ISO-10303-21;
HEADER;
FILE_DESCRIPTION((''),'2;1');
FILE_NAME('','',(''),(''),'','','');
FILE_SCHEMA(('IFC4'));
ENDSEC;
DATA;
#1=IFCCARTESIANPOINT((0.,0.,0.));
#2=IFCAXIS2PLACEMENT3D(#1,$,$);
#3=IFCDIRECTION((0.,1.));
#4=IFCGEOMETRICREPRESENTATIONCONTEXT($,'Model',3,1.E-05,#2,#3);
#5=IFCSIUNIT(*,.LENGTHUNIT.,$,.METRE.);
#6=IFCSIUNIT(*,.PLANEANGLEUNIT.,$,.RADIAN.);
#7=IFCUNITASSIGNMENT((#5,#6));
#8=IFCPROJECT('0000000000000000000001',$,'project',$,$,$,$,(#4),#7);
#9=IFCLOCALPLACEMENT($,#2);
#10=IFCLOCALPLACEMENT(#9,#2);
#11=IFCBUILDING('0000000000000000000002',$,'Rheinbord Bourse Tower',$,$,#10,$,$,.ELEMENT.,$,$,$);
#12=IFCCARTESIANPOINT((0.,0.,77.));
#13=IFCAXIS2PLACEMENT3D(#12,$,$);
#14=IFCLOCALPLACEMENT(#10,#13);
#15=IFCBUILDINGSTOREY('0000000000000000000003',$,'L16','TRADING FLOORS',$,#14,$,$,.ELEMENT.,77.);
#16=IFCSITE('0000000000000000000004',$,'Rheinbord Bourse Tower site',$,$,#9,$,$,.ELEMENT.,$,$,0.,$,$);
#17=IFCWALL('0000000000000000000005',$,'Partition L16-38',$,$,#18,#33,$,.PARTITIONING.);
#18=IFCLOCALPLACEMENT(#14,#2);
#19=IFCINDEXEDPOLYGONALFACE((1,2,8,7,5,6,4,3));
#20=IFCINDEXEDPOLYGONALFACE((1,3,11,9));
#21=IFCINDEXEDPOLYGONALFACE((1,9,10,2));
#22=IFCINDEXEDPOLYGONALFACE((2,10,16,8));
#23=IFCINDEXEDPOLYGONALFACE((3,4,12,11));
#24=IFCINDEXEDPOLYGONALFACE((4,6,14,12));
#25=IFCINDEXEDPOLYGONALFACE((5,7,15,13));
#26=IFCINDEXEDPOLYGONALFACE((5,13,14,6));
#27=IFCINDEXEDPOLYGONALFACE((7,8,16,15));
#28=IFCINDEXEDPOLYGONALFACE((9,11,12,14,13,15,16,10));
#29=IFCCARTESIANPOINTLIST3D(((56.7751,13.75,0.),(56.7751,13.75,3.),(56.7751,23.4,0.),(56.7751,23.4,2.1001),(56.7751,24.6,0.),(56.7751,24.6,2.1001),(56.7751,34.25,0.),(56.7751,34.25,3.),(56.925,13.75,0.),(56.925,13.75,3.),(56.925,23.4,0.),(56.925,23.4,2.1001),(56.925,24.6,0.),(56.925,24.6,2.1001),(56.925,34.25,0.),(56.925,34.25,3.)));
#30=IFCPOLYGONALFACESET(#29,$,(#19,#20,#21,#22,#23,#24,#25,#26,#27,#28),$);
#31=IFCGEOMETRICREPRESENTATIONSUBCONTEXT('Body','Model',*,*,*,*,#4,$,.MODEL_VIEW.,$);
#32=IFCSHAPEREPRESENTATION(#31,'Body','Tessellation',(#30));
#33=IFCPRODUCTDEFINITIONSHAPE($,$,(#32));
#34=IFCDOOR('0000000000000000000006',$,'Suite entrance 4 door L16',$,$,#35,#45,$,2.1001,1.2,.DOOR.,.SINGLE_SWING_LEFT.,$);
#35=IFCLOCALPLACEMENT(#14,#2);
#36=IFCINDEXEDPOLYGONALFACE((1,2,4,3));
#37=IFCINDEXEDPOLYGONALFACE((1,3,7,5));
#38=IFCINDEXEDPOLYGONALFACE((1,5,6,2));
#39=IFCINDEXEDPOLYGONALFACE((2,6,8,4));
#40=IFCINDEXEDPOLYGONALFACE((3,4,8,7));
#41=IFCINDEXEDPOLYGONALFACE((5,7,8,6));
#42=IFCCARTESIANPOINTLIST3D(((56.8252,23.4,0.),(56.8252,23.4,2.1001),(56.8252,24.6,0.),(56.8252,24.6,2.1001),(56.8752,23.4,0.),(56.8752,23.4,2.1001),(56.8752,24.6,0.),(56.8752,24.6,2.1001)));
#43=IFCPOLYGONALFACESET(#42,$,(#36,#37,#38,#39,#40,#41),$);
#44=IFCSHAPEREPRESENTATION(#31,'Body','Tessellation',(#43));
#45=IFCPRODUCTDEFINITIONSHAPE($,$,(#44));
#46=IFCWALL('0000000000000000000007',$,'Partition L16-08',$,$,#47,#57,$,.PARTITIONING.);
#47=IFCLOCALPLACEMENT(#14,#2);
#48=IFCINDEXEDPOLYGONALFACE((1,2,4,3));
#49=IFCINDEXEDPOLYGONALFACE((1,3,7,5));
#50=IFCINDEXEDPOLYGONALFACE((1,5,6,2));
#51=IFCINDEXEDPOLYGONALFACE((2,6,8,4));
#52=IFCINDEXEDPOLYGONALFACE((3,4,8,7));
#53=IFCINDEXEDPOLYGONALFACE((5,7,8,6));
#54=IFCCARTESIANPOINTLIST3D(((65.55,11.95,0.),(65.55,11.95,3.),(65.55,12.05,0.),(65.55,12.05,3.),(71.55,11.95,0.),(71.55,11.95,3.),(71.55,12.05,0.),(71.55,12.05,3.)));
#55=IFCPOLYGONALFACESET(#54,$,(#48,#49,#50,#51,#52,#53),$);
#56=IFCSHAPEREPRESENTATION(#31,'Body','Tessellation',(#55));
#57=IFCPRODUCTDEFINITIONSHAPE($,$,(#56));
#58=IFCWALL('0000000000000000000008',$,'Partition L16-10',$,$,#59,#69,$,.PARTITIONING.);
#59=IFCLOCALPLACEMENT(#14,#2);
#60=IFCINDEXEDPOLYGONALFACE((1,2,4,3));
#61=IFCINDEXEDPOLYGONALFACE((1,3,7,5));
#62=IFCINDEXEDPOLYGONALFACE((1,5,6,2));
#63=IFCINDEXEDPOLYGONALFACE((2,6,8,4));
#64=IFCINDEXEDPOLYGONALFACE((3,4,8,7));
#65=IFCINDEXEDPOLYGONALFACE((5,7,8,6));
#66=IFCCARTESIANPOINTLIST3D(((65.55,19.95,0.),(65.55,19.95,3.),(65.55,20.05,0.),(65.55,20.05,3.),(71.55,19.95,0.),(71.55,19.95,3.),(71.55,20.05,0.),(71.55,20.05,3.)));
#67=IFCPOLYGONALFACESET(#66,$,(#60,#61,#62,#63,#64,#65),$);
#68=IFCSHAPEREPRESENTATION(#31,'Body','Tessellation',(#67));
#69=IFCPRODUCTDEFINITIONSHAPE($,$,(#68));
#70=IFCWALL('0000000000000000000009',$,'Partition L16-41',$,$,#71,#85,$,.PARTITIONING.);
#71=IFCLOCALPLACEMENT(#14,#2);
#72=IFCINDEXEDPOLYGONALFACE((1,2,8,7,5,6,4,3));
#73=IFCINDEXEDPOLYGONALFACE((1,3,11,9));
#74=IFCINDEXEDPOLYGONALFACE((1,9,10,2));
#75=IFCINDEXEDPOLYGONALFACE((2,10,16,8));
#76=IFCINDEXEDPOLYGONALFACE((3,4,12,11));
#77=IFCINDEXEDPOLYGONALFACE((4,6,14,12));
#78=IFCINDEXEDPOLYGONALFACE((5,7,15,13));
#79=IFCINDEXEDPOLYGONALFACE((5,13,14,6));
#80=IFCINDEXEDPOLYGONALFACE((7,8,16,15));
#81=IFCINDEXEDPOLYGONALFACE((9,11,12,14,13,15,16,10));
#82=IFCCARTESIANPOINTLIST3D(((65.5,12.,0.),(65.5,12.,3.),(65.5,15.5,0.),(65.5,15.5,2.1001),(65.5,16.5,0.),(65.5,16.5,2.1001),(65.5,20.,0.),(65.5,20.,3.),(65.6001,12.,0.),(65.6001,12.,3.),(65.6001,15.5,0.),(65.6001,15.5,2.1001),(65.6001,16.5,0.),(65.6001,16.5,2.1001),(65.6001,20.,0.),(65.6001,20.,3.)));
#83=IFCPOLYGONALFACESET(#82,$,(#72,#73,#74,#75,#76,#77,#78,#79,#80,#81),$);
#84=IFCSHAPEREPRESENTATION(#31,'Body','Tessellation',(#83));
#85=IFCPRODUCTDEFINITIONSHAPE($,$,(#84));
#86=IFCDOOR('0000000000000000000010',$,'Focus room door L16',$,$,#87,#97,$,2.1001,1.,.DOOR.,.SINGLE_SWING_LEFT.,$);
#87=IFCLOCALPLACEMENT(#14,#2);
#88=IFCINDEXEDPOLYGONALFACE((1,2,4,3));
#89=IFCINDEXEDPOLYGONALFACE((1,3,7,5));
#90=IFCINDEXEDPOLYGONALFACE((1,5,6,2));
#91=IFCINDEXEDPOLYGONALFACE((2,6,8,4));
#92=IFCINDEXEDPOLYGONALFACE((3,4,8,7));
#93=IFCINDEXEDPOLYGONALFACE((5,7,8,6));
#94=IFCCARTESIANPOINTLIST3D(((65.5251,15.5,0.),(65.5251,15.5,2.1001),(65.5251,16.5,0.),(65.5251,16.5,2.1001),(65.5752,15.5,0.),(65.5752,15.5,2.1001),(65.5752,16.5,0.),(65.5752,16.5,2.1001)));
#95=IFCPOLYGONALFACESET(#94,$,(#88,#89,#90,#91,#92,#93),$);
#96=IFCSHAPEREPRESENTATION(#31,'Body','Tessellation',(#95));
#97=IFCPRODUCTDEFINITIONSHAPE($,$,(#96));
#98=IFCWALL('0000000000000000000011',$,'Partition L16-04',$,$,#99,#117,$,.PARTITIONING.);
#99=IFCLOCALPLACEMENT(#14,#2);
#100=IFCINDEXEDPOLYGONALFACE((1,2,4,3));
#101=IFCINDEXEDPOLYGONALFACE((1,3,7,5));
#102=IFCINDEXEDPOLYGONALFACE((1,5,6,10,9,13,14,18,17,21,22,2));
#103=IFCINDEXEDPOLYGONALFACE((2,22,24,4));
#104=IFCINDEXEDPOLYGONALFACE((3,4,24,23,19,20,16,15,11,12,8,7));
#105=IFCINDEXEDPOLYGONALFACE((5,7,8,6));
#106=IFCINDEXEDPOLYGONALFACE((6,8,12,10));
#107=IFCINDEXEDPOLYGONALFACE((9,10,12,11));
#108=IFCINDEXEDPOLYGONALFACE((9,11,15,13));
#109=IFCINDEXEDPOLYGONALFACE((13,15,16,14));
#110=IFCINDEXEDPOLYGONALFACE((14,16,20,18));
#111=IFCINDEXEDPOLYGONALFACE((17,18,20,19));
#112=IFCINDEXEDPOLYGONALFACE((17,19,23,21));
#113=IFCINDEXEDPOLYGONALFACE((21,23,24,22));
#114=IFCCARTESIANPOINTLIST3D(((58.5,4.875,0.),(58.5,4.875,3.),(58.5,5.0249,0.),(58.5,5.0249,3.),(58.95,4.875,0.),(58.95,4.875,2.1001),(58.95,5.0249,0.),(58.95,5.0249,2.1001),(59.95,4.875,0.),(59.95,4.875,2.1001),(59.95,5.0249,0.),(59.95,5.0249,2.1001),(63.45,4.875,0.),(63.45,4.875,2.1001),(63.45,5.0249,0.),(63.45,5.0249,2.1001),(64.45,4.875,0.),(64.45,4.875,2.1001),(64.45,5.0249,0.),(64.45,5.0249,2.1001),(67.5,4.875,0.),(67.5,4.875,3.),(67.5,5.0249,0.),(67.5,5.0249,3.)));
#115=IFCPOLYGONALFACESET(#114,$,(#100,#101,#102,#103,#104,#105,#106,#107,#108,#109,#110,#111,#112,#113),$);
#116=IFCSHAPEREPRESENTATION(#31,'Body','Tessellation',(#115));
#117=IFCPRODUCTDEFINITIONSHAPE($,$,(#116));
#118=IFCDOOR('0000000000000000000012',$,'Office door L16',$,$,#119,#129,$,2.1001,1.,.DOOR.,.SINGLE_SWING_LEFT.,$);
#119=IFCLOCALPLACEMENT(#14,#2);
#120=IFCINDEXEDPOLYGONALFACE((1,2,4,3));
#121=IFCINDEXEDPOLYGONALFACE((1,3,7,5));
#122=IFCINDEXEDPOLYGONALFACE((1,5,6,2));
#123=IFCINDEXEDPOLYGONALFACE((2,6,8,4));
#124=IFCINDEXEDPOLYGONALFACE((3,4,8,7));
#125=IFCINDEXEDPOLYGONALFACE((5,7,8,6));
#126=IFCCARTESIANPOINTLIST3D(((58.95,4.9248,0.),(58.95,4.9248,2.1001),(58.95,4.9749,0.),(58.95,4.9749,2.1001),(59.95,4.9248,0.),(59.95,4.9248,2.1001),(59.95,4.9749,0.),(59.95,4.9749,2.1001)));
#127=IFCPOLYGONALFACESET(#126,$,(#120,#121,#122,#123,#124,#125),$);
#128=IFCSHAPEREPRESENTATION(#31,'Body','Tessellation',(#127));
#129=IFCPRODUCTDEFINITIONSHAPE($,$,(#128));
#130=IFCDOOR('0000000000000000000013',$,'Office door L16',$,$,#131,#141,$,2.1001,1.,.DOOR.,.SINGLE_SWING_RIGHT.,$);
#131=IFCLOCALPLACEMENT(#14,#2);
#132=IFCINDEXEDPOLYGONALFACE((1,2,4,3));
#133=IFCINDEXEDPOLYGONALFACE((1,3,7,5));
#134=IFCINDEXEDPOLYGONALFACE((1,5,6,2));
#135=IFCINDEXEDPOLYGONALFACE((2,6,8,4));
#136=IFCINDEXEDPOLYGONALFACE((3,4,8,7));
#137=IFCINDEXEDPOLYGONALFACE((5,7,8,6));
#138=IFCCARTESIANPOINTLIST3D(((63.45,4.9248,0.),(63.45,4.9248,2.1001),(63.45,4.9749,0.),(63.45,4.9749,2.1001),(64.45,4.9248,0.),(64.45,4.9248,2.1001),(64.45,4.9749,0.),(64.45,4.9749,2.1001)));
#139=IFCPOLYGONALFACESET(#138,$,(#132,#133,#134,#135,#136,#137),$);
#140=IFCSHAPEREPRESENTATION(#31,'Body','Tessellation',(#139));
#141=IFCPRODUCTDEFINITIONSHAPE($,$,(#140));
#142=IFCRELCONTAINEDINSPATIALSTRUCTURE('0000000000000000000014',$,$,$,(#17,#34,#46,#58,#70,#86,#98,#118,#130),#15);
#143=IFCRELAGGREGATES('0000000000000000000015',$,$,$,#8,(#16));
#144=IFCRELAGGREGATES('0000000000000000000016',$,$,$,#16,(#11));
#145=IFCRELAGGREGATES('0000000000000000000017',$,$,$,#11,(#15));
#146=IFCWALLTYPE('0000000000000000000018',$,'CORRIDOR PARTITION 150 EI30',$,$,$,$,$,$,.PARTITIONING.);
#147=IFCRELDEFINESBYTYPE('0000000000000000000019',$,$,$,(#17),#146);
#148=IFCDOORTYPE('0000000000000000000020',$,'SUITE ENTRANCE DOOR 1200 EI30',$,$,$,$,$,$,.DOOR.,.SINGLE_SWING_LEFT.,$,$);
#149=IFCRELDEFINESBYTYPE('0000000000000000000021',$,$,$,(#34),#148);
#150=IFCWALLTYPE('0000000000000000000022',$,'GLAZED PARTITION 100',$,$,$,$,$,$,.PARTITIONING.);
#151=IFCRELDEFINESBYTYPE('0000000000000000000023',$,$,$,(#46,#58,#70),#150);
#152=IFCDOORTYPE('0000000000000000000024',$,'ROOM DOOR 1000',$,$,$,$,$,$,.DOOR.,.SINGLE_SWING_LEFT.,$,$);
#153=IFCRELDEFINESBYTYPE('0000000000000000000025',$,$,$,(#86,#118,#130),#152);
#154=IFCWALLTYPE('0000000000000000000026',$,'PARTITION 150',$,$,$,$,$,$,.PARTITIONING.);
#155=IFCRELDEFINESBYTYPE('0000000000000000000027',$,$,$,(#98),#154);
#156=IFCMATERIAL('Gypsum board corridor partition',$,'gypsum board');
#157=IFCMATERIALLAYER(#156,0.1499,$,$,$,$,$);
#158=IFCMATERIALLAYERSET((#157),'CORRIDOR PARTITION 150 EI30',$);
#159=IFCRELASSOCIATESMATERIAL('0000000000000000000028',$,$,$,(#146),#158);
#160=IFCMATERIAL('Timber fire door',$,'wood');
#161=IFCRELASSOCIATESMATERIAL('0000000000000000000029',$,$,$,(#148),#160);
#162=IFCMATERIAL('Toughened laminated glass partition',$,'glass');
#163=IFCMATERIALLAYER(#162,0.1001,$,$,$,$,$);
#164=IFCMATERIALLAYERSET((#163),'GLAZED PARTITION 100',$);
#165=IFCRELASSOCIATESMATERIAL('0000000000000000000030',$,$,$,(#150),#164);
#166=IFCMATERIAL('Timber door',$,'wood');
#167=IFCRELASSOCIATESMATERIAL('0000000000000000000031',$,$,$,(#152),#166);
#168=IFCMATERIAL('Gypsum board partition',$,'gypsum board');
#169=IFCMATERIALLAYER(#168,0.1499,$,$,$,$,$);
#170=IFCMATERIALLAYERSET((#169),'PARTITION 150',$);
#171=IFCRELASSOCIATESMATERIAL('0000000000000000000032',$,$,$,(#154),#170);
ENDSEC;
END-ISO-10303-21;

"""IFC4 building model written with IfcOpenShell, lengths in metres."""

from ifc_helpers import new_model, si_unit, direction, frame, frame_2d, origin, place, context, subcontext, project, spatial, rectangle, extrude, material, layer, layer_set, type_object, element, fill, save


model = new_model("IFC4")

# Units and contexts
model_context = context("Model", 3, precision=1e-05, world=origin(), true_north=direction((0.0, 1.0)))
body_context = subcontext(model_context, "Body", "Model", "MODEL_VIEW")
ifc_project = project(units=[si_unit("LENGTHUNIT", "METRE"), si_unit("PLANEANGLEUNIT", "RADIAN")], contexts=[model_context])

# Site, building, storey
site_placement = place(None, origin())
site = spatial("IfcSite", under=ifc_project, at=site_placement, Name="Rheinbord Bourse Tower site", CompositionType="ELEMENT", RefElevation=0.0)
building_placement = place(site_placement, origin())
building = spatial("IfcBuilding", under=site, at=building_placement, Name="Rheinbord Bourse Tower", CompositionType="ELEMENT")
storey_placement = place(building_placement, frame((0.0, 0.0, 77.0)))
storey = spatial("IfcBuildingStorey", under=building, at=storey_placement, Name="L16", Description="TRADING FLOORS", CompositionType="ELEMENT", Elevation=77.0)

# Wall, opening, door
ifc_material_1 = material(Name="Gypsum board corridor partition", Category="gypsum board")
ifc_layer_1 = layer(ifc_material_1, 0.1499)
ifc_layer_set_1 = layer_set([ifc_layer_1], Name="CORRIDOR PARTITION 150 EI30")
wall_type_1 = type_object("IfcWallType", Name="CORRIDOR PARTITION 150 EI30", PredefinedType="PARTITIONING", material=ifc_layer_set_1)
wall_1_placement = place(storey_placement, frame((56.8501, 13.75, 0.0), z_axis=(0.0, 0.0, 1.0), x_axis=(0.0, 1.0, 0.0)))
wall_1 = element("IfcWall", 1, at=wall_1_placement, inside=storey, type_object=wall_type_1, Name="Partition L16-38", PredefinedType="PARTITIONING", context=body_context, shape_type="SweptSolid", body=[
    extrude(rectangle(XDim=20.5, YDim=0.1499, at=frame_2d((10.25, 0.0))), origin(), (0.0, 0.0, 1.0), 3.0),
])
opening_1_placement = place(wall_1_placement, frame((9.6499, 0.0, 0.0)))
opening_1 = element("IfcOpeningElement", 2, at=opening_1_placement, cuts=wall_1, PredefinedType="OPENING", context=body_context, shape_type="SweptSolid", body=[
    extrude(rectangle(XDim=1.2, YDim=2.1001, at=frame_2d((0.6001, 1.05))), frame((0.0, 0.085, 0.0), z_axis=(0.0, -1.0, 0.0), x_axis=(1.0, 0.0, 0.0)), (0.0, 0.0, 1.0), 0.1699),
])
ifc_material_2 = material(Name="Timber fire door", Category="wood")
door_type_1 = type_object("IfcDoorType", Name="SUITE ENTRANCE DOOR 1200 EI30", OperationType="SINGLE_SWING_LEFT", PredefinedType="DOOR", material=ifc_material_2)
door_1_placement = place(opening_1_placement, origin())
door_1 = element("IfcDoor", 3, at=door_1_placement, inside=storey, type_object=door_type_1, Name="Suite entrance 4 door L16", OperationType="SINGLE_SWING_LEFT", OverallHeight=2.1001, OverallWidth=1.2, PredefinedType="DOOR", context=body_context, shape_type="SweptSolid", body=[
    extrude(rectangle(XDim=1.2, YDim=2.1001, at=frame_2d((0.6001, 1.05))), frame((0.0, 0.0249, 0.0), z_axis=(0.0, -1.0, 0.0), x_axis=(1.0, 0.0, 0.0)), (0.0, 0.0, 1.0), 0.05),
])
fill(opening_1, door_1)

# Walls
ifc_material_3 = material(Name="Toughened laminated glass partition", Category="glass")
ifc_layer_2 = layer(ifc_material_3, 0.1001)
ifc_layer_set_2 = layer_set([ifc_layer_2], Name="GLAZED PARTITION 100")
wall_type_2 = type_object("IfcWallType", Name="GLAZED PARTITION 100", PredefinedType="PARTITIONING", material=ifc_layer_set_2)
for number, where, z_axis, x_axis, name in (
    (4, (65.55, 12.0, 0.0), (0.0, 0.0, 1.0), (1.0, 0.0, 0.0), "Partition L16-08"),
    (5, (65.55, 20.0, 0.0), (0.0, 0.0, 1.0), (1.0, 0.0, 0.0), "Partition L16-10"),
):
    element("IfcWall", number, at=place(storey_placement, frame(where, z_axis=z_axis, x_axis=x_axis)), inside=storey, type_object=wall_type_2, Name=name, PredefinedType="PARTITIONING", context=body_context, shape_type="SweptSolid", body=[
        extrude(rectangle(XDim=6.0, YDim=0.1001, at=frame_2d((3.0, 0.0))), origin(), (0.0, 0.0, 1.0), 3.0),
    ])

# Wall, opening, door
wall_2_placement = place(storey_placement, frame((65.55, 12.0, 0.0), z_axis=(0.0, 0.0, 1.0), x_axis=(0.0, 1.0, 0.0)))
wall_2 = element("IfcWall", 6, at=wall_2_placement, inside=storey, type_object=wall_type_2, Name="Partition L16-41", PredefinedType="PARTITIONING", context=body_context, shape_type="SweptSolid", body=[
    extrude(rectangle(XDim=8.0, YDim=0.1001, at=frame_2d((4.0, 0.0))), origin(), (0.0, 0.0, 1.0), 3.0),
])
opening_2_placement = place(wall_2_placement, frame((3.5, 0.0, 0.0)))
opening_2 = element("IfcOpeningElement", 7, at=opening_2_placement, cuts=wall_2, PredefinedType="OPENING", context=body_context, shape_type="SweptSolid", body=[
    extrude(rectangle(XDim=1.0, YDim=2.1001, at=frame_2d((0.5, 1.05))), frame((0.0, 0.0601, 0.0), z_axis=(0.0, -1.0, 0.0), x_axis=(1.0, 0.0, 0.0)), (0.0, 0.0, 1.0), 0.1201),
])
ifc_material_4 = material(Name="Timber door", Category="wood")
door_type_2 = type_object("IfcDoorType", Name="ROOM DOOR 1000", OperationType="SINGLE_SWING_LEFT", PredefinedType="DOOR", material=ifc_material_4)
door_2_placement = place(opening_2_placement, origin())
door_2 = element("IfcDoor", 8, at=door_2_placement, inside=storey, type_object=door_type_2, Name="Focus room door L16", OperationType="SINGLE_SWING_LEFT", OverallHeight=2.1001, OverallWidth=1.0, PredefinedType="DOOR", context=body_context, shape_type="SweptSolid", body=[
    extrude(rectangle(XDim=1.0, YDim=2.1001, at=frame_2d((0.5, 1.05))), frame((0.0, 0.0249, 0.0), z_axis=(0.0, -1.0, 0.0), x_axis=(1.0, 0.0, 0.0)), (0.0, 0.0, 1.0), 0.05),
])
fill(opening_2, door_2)

# Wall, openings, doors
ifc_material_5 = material(Name="Gypsum board partition", Category="gypsum board")
ifc_layer_3 = layer(ifc_material_5, 0.1499)
ifc_layer_set_3 = layer_set([ifc_layer_3], Name="PARTITION 150")
wall_type_3 = type_object("IfcWallType", Name="PARTITION 150", PredefinedType="PARTITIONING", material=ifc_layer_set_3)
wall_3_placement = place(storey_placement, frame((58.5, 4.95, 0.0), z_axis=(0.0, 0.0, 1.0), x_axis=(1.0, 0.0, 0.0)))
wall_3 = element("IfcWall", 9, at=wall_3_placement, inside=storey, type_object=wall_type_3, Name="Partition L16-04", PredefinedType="PARTITIONING", context=body_context, shape_type="SweptSolid", body=[
    extrude(rectangle(XDim=9.0, YDim=0.1499, at=frame_2d((4.5, 0.0))), origin(), (0.0, 0.0, 1.0), 3.0),
])
opening_3_placement = place(wall_3_placement, frame((0.45, 0.0, 0.0)))
opening_3 = element("IfcOpeningElement", 10, at=opening_3_placement, cuts=wall_3, PredefinedType="OPENING", context=body_context, shape_type="SweptSolid", body=[
    extrude(rectangle(XDim=1.0, YDim=2.1001, at=frame_2d((0.5, 1.05))), frame((0.0, 0.085, 0.0), z_axis=(0.0, -1.0, 0.0), x_axis=(1.0, 0.0, 0.0)), (0.0, 0.0, 1.0), 0.1699),
])
opening_4_placement = place(wall_3_placement, frame((4.95, 0.0, 0.0)))
opening_4 = element("IfcOpeningElement", 11, at=opening_4_placement, cuts=wall_3, PredefinedType="OPENING", context=body_context, shape_type="SweptSolid", body=[
    extrude(rectangle(XDim=1.0, YDim=2.1001, at=frame_2d((0.5, 1.05))), frame((0.0, 0.085, 0.0), z_axis=(0.0, -1.0, 0.0), x_axis=(1.0, 0.0, 0.0)), (0.0, 0.0, 1.0), 0.1699),
])
door_3_placement = place(opening_3_placement, origin())
door_3 = element("IfcDoor", 12, at=door_3_placement, inside=storey, type_object=door_type_2, Name="Office door L16", OperationType="SINGLE_SWING_LEFT", OverallHeight=2.1001, OverallWidth=1.0, PredefinedType="DOOR", context=body_context, shape_type="SweptSolid", body=[
    extrude(rectangle(XDim=1.0, YDim=2.1001, at=frame_2d((0.5, 1.05))), frame((0.0, 0.0249, 0.0), z_axis=(0.0, -1.0, 0.0), x_axis=(1.0, 0.0, 0.0)), (0.0, 0.0, 1.0), 0.05),
])
fill(opening_3, door_3)
door_4_placement = place(opening_4_placement, origin())
door_4 = element("IfcDoor", 13, at=door_4_placement, inside=storey, type_object=door_type_2, Name="Office door L16", OperationType="SINGLE_SWING_RIGHT", OverallHeight=2.1001, OverallWidth=1.0, PredefinedType="DOOR", context=body_context, shape_type="SweptSolid", body=[
    extrude(rectangle(XDim=1.0, YDim=2.1001, at=frame_2d((0.5, 1.05))), frame((0.0, 0.0249, 0.0), z_axis=(0.0, -1.0, 0.0), x_axis=(1.0, 0.0, 0.0)), (0.0, 0.0, 1.0), 0.05),
])
fill(opening_4, door_4)

save(model, "model.ifc")
